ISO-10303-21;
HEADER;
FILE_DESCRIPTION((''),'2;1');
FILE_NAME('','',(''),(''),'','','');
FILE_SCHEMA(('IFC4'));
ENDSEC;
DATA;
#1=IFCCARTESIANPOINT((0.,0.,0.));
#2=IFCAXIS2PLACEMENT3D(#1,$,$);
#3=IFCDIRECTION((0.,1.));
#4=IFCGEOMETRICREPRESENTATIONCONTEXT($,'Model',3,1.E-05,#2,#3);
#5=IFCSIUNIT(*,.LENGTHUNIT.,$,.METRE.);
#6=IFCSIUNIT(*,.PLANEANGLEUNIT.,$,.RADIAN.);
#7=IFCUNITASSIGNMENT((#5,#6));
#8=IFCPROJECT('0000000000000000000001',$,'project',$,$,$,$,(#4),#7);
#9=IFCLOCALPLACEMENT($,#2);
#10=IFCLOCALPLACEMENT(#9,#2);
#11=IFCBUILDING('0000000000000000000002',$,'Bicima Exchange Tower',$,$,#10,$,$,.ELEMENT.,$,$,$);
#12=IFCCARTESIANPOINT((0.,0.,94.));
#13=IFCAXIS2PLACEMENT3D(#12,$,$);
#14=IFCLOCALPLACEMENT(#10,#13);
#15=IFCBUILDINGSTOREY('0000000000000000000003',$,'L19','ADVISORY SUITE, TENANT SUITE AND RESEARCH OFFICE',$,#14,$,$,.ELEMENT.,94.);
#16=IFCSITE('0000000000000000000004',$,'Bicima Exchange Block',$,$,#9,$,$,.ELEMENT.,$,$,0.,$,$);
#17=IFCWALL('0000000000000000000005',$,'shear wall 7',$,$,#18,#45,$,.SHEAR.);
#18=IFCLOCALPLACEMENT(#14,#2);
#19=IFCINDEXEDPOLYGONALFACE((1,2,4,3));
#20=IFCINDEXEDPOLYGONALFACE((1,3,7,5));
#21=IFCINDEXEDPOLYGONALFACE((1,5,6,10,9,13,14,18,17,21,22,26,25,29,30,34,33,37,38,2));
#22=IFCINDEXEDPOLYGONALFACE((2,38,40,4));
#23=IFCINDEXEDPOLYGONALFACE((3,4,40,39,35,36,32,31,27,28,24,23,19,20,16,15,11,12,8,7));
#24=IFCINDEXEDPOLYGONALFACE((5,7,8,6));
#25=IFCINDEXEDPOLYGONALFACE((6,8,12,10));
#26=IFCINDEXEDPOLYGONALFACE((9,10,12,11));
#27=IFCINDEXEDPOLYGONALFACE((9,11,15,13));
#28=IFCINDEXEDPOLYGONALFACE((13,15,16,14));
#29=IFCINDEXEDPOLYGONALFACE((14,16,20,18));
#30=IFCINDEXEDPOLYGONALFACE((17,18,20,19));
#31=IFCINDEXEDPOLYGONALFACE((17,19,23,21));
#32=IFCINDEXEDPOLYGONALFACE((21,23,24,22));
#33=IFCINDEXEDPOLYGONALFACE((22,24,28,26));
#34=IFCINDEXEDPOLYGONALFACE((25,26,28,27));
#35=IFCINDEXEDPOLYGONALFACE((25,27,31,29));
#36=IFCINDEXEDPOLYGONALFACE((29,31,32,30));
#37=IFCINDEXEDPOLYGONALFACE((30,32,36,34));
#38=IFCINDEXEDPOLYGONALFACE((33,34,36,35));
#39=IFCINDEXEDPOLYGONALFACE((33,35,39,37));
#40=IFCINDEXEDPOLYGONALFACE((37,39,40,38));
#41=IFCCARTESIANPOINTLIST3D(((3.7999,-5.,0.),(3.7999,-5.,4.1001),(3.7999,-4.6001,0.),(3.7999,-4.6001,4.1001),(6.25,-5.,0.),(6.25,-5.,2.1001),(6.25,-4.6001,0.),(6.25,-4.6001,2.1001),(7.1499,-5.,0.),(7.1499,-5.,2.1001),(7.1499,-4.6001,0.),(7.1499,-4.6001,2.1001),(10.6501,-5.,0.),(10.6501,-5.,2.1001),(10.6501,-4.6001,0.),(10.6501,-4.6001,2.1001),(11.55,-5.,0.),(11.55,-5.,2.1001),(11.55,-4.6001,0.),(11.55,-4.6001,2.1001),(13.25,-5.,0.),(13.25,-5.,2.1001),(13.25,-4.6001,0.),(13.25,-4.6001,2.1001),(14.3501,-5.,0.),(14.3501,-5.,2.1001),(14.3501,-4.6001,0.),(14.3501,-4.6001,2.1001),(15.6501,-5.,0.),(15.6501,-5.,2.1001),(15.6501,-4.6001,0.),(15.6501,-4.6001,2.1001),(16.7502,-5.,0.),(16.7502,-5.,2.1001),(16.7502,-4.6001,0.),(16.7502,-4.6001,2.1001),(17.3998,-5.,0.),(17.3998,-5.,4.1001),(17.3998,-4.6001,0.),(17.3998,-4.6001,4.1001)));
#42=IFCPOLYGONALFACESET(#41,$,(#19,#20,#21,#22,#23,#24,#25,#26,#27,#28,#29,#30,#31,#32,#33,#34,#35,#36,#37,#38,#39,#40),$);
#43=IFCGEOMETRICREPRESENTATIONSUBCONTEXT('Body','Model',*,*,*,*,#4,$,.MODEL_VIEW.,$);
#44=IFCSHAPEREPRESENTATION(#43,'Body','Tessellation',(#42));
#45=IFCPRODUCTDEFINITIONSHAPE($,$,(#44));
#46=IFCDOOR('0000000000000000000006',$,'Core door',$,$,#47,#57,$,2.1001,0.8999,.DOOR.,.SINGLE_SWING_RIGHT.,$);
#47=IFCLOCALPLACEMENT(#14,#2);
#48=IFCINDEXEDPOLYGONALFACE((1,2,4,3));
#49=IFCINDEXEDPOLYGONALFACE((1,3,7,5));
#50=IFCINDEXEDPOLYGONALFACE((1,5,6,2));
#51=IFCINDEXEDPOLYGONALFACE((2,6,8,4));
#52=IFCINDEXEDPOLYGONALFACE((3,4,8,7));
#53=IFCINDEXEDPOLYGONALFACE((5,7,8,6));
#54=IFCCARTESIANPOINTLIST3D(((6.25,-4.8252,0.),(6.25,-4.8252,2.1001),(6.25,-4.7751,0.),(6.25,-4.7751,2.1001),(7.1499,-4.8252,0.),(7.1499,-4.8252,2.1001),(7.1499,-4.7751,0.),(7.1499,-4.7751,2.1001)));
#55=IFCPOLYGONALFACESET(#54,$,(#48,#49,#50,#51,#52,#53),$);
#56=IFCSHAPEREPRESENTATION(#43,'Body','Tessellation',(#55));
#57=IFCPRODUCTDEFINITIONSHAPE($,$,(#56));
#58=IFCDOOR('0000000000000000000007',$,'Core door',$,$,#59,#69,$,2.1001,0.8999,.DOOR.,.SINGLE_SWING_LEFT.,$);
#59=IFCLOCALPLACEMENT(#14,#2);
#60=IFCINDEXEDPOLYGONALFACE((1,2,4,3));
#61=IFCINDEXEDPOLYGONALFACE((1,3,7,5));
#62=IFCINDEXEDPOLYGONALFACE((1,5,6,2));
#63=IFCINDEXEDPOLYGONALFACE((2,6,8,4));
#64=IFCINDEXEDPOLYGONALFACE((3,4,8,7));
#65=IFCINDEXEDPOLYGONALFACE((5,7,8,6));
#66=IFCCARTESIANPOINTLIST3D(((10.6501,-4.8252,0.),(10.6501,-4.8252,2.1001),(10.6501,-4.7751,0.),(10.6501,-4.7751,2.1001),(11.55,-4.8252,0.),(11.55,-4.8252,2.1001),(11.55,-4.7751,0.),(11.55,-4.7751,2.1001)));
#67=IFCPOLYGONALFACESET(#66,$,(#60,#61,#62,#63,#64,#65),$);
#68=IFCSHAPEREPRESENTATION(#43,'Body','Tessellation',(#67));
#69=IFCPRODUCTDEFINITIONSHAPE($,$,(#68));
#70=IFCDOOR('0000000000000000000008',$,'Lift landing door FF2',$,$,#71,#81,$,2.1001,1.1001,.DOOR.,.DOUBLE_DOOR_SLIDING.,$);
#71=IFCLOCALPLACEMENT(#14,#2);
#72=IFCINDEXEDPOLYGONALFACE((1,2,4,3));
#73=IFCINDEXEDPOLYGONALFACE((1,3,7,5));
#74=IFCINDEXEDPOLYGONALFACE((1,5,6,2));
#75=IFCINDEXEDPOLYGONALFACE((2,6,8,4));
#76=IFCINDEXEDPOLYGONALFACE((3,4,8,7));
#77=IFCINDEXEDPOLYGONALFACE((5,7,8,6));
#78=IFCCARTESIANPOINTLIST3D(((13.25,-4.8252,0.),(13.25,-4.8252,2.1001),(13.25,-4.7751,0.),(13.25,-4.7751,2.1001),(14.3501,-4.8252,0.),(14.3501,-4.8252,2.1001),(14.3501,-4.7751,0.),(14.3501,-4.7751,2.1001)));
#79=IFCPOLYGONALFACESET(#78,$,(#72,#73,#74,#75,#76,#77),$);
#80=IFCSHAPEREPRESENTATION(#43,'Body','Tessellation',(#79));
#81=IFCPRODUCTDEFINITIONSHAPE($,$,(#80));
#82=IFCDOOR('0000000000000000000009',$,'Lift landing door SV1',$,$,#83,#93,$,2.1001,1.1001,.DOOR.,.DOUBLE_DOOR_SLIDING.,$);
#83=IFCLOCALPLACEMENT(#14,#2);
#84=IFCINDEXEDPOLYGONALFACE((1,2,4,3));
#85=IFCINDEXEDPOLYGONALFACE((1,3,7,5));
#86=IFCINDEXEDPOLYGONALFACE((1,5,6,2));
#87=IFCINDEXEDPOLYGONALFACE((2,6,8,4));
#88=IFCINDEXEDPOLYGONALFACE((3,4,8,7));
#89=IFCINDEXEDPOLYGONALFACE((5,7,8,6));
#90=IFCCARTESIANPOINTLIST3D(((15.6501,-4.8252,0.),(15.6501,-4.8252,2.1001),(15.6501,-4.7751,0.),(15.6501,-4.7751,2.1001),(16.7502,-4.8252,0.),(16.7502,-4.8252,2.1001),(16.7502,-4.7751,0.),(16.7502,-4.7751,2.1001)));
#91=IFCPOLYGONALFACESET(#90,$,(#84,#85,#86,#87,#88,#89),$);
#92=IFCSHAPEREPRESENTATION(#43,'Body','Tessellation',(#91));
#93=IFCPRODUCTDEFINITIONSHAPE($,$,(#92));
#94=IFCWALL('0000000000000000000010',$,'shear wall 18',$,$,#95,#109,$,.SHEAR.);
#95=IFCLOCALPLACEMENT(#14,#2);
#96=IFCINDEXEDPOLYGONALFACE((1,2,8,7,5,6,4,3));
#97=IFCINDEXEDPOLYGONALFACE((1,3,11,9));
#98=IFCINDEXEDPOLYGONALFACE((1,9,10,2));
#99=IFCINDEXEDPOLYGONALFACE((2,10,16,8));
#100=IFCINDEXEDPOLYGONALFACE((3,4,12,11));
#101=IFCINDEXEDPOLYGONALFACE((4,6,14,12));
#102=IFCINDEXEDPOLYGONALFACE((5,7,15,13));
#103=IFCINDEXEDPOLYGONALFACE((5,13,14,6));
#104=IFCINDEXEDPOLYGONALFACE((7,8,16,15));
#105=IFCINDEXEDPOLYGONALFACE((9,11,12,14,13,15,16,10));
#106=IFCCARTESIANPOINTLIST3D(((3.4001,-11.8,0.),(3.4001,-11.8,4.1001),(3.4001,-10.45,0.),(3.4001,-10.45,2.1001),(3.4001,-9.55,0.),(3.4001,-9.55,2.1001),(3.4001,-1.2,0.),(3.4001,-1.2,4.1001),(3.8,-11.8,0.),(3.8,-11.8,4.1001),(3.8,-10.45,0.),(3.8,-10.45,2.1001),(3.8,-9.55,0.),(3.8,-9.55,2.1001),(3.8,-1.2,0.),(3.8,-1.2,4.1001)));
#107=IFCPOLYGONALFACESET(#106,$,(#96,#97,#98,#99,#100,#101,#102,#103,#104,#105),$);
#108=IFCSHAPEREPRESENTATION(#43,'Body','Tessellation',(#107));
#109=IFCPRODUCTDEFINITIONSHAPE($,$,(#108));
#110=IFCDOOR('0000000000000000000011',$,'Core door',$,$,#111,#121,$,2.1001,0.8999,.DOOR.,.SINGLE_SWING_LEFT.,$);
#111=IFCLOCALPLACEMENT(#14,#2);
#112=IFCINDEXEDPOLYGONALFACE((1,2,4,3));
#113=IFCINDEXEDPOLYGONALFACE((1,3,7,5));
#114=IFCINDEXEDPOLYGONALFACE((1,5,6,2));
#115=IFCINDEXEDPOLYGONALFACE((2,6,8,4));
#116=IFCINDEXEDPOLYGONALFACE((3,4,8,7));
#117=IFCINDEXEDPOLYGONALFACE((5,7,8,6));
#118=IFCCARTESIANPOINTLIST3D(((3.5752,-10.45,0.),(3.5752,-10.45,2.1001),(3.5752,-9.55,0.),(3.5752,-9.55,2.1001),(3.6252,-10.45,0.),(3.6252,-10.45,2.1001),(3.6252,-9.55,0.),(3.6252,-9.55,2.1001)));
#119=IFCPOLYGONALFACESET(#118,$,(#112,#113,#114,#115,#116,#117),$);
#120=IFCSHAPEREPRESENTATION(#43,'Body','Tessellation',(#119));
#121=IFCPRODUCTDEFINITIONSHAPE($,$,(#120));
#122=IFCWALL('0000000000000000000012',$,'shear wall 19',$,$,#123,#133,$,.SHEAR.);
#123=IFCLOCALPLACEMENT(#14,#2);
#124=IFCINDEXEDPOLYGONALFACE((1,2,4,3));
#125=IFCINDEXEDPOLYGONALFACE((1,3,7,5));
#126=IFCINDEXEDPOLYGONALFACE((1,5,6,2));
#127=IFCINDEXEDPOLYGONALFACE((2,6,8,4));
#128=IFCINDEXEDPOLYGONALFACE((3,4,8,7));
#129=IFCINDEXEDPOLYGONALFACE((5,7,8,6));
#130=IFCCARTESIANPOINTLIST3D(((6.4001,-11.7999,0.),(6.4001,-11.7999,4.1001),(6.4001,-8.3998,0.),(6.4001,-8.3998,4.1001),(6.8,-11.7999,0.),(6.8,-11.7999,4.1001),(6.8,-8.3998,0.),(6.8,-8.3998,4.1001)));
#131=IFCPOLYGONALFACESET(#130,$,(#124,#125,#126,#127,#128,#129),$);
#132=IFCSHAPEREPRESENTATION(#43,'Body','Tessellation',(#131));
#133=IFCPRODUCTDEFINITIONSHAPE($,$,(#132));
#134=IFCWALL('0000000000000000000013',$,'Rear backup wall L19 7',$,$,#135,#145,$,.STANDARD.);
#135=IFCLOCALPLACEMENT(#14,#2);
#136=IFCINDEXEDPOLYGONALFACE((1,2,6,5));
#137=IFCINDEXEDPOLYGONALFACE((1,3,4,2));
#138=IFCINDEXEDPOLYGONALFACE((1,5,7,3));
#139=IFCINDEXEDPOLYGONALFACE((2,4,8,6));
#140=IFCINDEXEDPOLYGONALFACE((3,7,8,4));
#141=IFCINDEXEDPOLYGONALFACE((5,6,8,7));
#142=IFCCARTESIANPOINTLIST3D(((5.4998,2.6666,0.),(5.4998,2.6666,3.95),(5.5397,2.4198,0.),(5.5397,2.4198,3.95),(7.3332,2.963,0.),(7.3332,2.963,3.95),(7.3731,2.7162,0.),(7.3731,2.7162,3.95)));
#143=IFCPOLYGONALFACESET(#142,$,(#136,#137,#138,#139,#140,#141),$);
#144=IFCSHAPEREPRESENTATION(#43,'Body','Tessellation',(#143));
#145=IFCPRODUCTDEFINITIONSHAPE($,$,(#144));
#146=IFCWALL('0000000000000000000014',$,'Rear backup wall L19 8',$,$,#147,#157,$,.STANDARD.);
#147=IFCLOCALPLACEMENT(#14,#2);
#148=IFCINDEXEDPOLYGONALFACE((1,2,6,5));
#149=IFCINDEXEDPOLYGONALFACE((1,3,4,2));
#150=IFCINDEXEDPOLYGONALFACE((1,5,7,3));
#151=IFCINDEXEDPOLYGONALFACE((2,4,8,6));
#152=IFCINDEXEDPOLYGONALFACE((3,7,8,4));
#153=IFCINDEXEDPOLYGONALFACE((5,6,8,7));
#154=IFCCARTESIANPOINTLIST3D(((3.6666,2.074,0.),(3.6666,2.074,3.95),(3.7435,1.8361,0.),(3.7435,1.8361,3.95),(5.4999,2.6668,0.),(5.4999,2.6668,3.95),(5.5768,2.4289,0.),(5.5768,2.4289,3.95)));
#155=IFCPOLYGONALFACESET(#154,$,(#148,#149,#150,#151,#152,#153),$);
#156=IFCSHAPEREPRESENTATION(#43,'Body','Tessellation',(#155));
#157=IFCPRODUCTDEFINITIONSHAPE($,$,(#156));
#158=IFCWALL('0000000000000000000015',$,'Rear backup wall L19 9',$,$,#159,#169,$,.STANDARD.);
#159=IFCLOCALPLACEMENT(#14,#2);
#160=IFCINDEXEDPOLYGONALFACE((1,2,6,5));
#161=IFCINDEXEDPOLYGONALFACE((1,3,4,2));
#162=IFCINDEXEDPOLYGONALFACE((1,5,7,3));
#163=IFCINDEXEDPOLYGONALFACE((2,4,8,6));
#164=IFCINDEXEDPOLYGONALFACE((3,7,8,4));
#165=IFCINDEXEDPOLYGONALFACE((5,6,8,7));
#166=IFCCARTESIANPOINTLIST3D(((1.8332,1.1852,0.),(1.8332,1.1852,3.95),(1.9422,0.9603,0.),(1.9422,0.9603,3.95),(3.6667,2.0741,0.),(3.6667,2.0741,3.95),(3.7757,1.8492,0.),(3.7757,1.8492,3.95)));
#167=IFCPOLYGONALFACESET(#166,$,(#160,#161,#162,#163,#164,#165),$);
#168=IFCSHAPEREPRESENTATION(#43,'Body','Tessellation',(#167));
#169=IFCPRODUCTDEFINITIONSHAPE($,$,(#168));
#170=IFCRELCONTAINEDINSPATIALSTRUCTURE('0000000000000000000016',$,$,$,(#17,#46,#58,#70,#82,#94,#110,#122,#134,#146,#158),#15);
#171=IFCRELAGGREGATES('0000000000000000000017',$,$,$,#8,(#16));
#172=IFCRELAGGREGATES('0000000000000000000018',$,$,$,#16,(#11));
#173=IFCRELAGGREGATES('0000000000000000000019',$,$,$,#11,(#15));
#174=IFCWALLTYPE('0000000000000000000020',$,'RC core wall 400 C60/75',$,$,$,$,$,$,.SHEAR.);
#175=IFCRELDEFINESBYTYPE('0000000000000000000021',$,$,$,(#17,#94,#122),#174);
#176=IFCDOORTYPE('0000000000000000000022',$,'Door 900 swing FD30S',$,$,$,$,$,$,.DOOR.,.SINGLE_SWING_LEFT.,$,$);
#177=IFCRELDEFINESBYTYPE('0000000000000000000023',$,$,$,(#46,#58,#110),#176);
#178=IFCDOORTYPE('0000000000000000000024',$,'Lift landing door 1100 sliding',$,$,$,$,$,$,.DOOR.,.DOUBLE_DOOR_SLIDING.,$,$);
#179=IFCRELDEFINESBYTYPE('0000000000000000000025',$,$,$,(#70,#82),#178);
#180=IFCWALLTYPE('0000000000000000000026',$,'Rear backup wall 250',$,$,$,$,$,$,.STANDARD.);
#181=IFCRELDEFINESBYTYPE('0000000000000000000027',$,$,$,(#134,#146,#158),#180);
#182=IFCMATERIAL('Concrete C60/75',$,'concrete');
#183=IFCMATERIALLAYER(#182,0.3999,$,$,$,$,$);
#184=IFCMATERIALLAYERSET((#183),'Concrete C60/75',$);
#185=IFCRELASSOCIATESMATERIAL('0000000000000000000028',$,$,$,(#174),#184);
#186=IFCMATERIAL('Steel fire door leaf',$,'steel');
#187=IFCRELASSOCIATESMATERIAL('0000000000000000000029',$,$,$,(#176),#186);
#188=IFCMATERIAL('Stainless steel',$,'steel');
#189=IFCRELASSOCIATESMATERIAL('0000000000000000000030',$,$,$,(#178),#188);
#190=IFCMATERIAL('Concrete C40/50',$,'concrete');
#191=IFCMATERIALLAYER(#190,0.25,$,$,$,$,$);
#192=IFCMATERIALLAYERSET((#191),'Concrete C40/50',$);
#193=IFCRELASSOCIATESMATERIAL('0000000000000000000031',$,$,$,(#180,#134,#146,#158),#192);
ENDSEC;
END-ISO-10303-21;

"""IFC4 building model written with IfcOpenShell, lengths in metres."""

from ifc_helpers import new_model, si_unit, direction, frame, frame_2d, origin, place, context, subcontext, project, spatial, rectangle, extrude, material, layer, layer_set, layer_usage, type_object, element, fill, save


model = new_model("IFC4")

# Units and contexts
model_context = context("Model", 3, precision=1e-05, world=origin(), true_north=direction((0.0, 1.0)))
body_context = subcontext(model_context, "Body", "Model", "MODEL_VIEW")
ifc_project = project(units=[si_unit("LENGTHUNIT", "METRE"), si_unit("PLANEANGLEUNIT", "RADIAN")], contexts=[model_context])

# Site, building, storey
site_placement = place(None, origin())
site = spatial("IfcSite", under=ifc_project, at=site_placement, Name="Bicima Exchange Block", CompositionType="ELEMENT", RefElevation=0.0)
building_placement = place(site_placement, origin())
building = spatial("IfcBuilding", under=site, at=building_placement, Name="Bicima Exchange Tower", CompositionType="ELEMENT")
storey_placement = place(building_placement, frame((0.0, 0.0, 94.0)))
storey = spatial("IfcBuildingStorey", under=building, at=storey_placement, Name="L19", Description="ADVISORY SUITE, TENANT SUITE AND RESEARCH OFFICE", CompositionType="ELEMENT", Elevation=94.0)

# Shared definitions
ifc_material_1 = material(Name="Concrete C40/50", Category="concrete")

# Shared definitions
ifc_material_2 = material(Name="Concrete C60/75", Category="concrete")
ifc_layer_1 = layer(ifc_material_2, 0.3999)
ifc_layer_set_1 = layer_set([ifc_layer_1], Name="Concrete C60/75")
wall_type_1 = type_object("IfcWallType", Name="RC core wall 400 C60/75", PredefinedType="SHEAR", material=ifc_layer_set_1)
ifc_material_3 = material(Name="Steel fire door leaf", Category="steel")
door_type_1 = type_object("IfcDoorType", Name="Door 900 swing FD30S", OperationType="SINGLE_SWING_LEFT", PredefinedType="DOOR", material=ifc_material_3)

# Wall, openings, doors
wall_1_placement = place(storey_placement, frame((3.8, -4.8, 0.0), z_axis=(0.0, 0.0, 1.0), x_axis=(1.0, 0.0, 0.0)))
wall_1 = element("IfcWall", 1, at=wall_1_placement, inside=storey, type_object=wall_type_1, Name="shear wall 7", PredefinedType="SHEAR", context=body_context, shape_type="SweptSolid", body=[
    extrude(rectangle(XDim=13.5999, YDim=0.3999, at=frame_2d((6.7998, 0.0))), origin(), (0.0, 0.0, 1.0), 4.1001),
])
opening_1_placement = place(wall_1_placement, frame((9.45, 0.0, 0.0)))
opening_1 = element("IfcOpeningElement", 2, at=opening_1_placement, cuts=wall_1, PredefinedType="OPENING", context=body_context, shape_type="SweptSolid", body=[
    extrude(rectangle(XDim=1.1001, YDim=2.1001, at=frame_2d((0.55, 1.05))), frame((0.0, 0.2119, 0.0), z_axis=(0.0, -1.0, 0.0), x_axis=(1.0, 0.0, 0.0)), (0.0, 0.0, 1.0), 0.4238),
])
opening_2_placement = place(wall_1_placement, frame((11.8501, 0.0, 0.0)))
opening_2 = element("IfcOpeningElement", 3, at=opening_2_placement, cuts=wall_1, PredefinedType="OPENING", context=body_context, shape_type="SweptSolid", body=[
    extrude(rectangle(XDim=1.1001, YDim=2.1001, at=frame_2d((0.55, 1.05))), frame((0.0, 0.2119, 0.0), z_axis=(0.0, -1.0, 0.0), x_axis=(1.0, 0.0, 0.0)), (0.0, 0.0, 1.0), 0.4238),
])
opening_3_placement = place(wall_1_placement, frame((2.45, 0.0, 0.0)))
opening_3 = element("IfcOpeningElement", 4, at=opening_3_placement, cuts=wall_1, PredefinedType="OPENING", context=body_context, shape_type="SweptSolid", body=[
    extrude(rectangle(XDim=0.8999, YDim=2.1001, at=frame_2d((0.45, 1.05))), frame((0.0, 0.2119, 0.0), z_axis=(0.0, -1.0, 0.0), x_axis=(1.0, 0.0, 0.0)), (0.0, 0.0, 1.0), 0.4238),
])
opening_4_placement = place(wall_1_placement, frame((6.8501, 0.0, 0.0)))
opening_4 = element("IfcOpeningElement", 5, at=opening_4_placement, cuts=wall_1, PredefinedType="OPENING", context=body_context, shape_type="SweptSolid", body=[
    extrude(rectangle(XDim=0.8999, YDim=2.1001, at=frame_2d((0.45, 1.05))), frame((0.0, 0.2119, 0.0), z_axis=(0.0, -1.0, 0.0), x_axis=(1.0, 0.0, 0.0)), (0.0, 0.0, 1.0), 0.4238),
])
door_1_placement = place(opening_3_placement, origin())
door_1 = element("IfcDoor", 6, at=door_1_placement, inside=storey, type_object=door_type_1, Name="Core door", OperationType="SINGLE_SWING_RIGHT", OverallHeight=2.1001, OverallWidth=0.8999, PredefinedType="DOOR", context=body_context, shape_type="SweptSolid", body=[
    extrude(rectangle(XDim=0.8999, YDim=2.1001, at=frame_2d((0.45, 1.05))), frame((0.0, 0.0249, 0.0), z_axis=(0.0, -1.0, 0.0), x_axis=(1.0, 0.0, 0.0)), (0.0, 0.0, 1.0), 0.05),
])
fill(opening_3, door_1)
door_2_placement = place(opening_4_placement, origin())
door_2 = element("IfcDoor", 7, at=door_2_placement, inside=storey, type_object=door_type_1, Name="Core door", OperationType="SINGLE_SWING_LEFT", OverallHeight=2.1001, OverallWidth=0.8999, PredefinedType="DOOR", context=body_context, shape_type="SweptSolid", body=[
    extrude(rectangle(XDim=0.8999, YDim=2.1001, at=frame_2d((0.45, 1.05))), frame((0.0, 0.0249, 0.0), z_axis=(0.0, -1.0, 0.0), x_axis=(1.0, 0.0, 0.0)), (0.0, 0.0, 1.0), 0.05),
])
fill(opening_4, door_2)
ifc_material_4 = material(Name="Stainless steel", Category="steel")
door_type_2 = type_object("IfcDoorType", Name="Lift landing door 1100 sliding", OperationType="DOUBLE_DOOR_SLIDING", PredefinedType="DOOR", material=ifc_material_4)
door_3_placement = place(opening_1_placement, origin())
door_3 = element("IfcDoor", 8, at=door_3_placement, inside=storey, type_object=door_type_2, Name="Lift landing door FF2", OperationType="DOUBLE_DOOR_SLIDING", OverallHeight=2.1001, OverallWidth=1.1001, PredefinedType="DOOR", context=body_context, shape_type="SweptSolid", body=[
    extrude(rectangle(XDim=1.1001, YDim=2.1001, at=frame_2d((0.55, 1.05))), frame((0.0, 0.0249, 0.0), z_axis=(0.0, -1.0, 0.0), x_axis=(1.0, 0.0, 0.0)), (0.0, 0.0, 1.0), 0.05),
])
fill(opening_1, door_3)
door_4_placement = place(opening_2_placement, origin())
door_4 = element("IfcDoor", 9, at=door_4_placement, inside=storey, type_object=door_type_2, Name="Lift landing door SV1", OperationType="DOUBLE_DOOR_SLIDING", OverallHeight=2.1001, OverallWidth=1.1001, PredefinedType="DOOR", context=body_context, shape_type="SweptSolid", body=[
    extrude(rectangle(XDim=1.1001, YDim=2.1001, at=frame_2d((0.55, 1.05))), frame((0.0, 0.0249, 0.0), z_axis=(0.0, -1.0, 0.0), x_axis=(1.0, 0.0, 0.0)), (0.0, 0.0, 1.0), 0.05),
])
fill(opening_2, door_4)

# Wall, opening, door
wall_2_placement = place(storey_placement, frame((3.6001, -11.8, 0.0), z_axis=(0.0, 0.0, 1.0), x_axis=(0.0, 1.0, 0.0)))
wall_2 = element("IfcWall", 10, at=wall_2_placement, inside=storey, type_object=wall_type_1, Name="shear wall 18", PredefinedType="SHEAR", context=body_context, shape_type="SweptSolid", body=[
    extrude(rectangle(XDim=10.6001, YDim=0.3999, at=frame_2d((5.3, 0.0))), origin(), (0.0, 0.0, 1.0), 4.1001),
])
opening_5_placement = place(wall_2_placement, frame((1.3501, 0.0, 0.0)))
opening_5 = element("IfcOpeningElement", 11, at=opening_5_placement, cuts=wall_2, PredefinedType="OPENING", context=body_context, shape_type="SweptSolid", body=[
    extrude(rectangle(XDim=0.8999, YDim=2.1001, at=frame_2d((0.45, 1.05))), frame((0.0, 0.2119, 0.0), z_axis=(0.0, -1.0, 0.0), x_axis=(1.0, 0.0, 0.0)), (0.0, 0.0, 1.0), 0.4238),
])
door_5_placement = place(opening_5_placement, origin())
door_5 = element("IfcDoor", 12, at=door_5_placement, inside=storey, type_object=door_type_1, Name="Core door", OperationType="SINGLE_SWING_LEFT", OverallHeight=2.1001, OverallWidth=0.8999, PredefinedType="DOOR", context=body_context, shape_type="SweptSolid", body=[
    extrude(rectangle(XDim=0.8999, YDim=2.1001, at=frame_2d((0.45, 1.05))), frame((0.0, 0.0249, 0.0), z_axis=(0.0, -1.0, 0.0), x_axis=(1.0, 0.0, 0.0)), (0.0, 0.0, 1.0), 0.05),
])
fill(opening_5, door_5)

# Walls
wall_3_placement = place(storey_placement, frame((6.6001, -11.8, 0.0), z_axis=(0.0, 0.0, 1.0), x_axis=(0.0, 1.0, 0.0)))
element("IfcWall", 13, at=wall_3_placement, inside=storey, type_object=wall_type_1, Name="shear wall 19", PredefinedType="SHEAR", context=body_context, shape_type="SweptSolid", body=[
    extrude(rectangle(XDim=3.4001, YDim=0.3999, at=frame_2d((1.7002, 0.0))), origin(), (0.0, 0.0, 1.0), 4.1001),
])
ifc_layer_2 = layer(ifc_material_1, 0.25)
ifc_layer_set_2 = layer_set([ifc_layer_2], Name="Concrete C40/50")
ifc_layer_usage = layer_usage(ifc_layer_set_2, "AXIS2", "POSITIVE", -0.125)
wall_type_2 = type_object("IfcWallType", Name="Rear backup wall 250", PredefinedType="STANDARD", material=ifc_layer_set_2)
wall_4_placement = place(storey_placement, frame((7.3533, 2.8396, 0.0), z_axis=(0.0, 0.0, 1.0), x_axis=(-0.987182, -0.1596, 0.0)))
element("IfcWall", 14, at=wall_4_placement, inside=storey, type_object=wall_type_2, material=ifc_layer_usage, Name="Rear backup wall L19 7", PredefinedType="STANDARD", context=body_context, shape_type="SweptSolid", body=[
    extrude(rectangle(XDim=1.8572, YDim=0.25, at=frame_2d((0.9287, 0.0))), origin(), (0.0, 0.0, 1.0), 3.95),
])
wall_5_placement = place(storey_placement, frame((5.5383, 2.5479, 0.0), z_axis=(0.0, 0.0, 1.0), x_axis=(-0.951496, -0.307662, 0.0)))
element("IfcWall", 15, at=wall_5_placement, inside=storey, type_object=wall_type_2, material=ifc_layer_usage, Name="Rear backup wall L19 8", PredefinedType="STANDARD", context=body_context, shape_type="SweptSolid", body=[
    extrude(rectangle(XDim=1.9268, YDim=0.25, at=frame_2d((0.9634, 0.0))), origin(), (0.0, 0.0, 1.0), 3.95),
])
wall_6_placement = place(storey_placement, frame((3.7212, 1.9617, 0.0), z_axis=(0.0, 0.0, 1.0), x_axis=(-0.899824, -0.436253, 0.0)))
element("IfcWall", 16, at=wall_6_placement, inside=storey, type_object=wall_type_2, material=ifc_layer_usage, Name="Rear backup wall L19 9", PredefinedType="STANDARD", context=body_context, shape_type="SweptSolid", body=[
    extrude(rectangle(XDim=2.0376, YDim=0.25, at=frame_2d((1.0188, 0.0))), origin(), (0.0, 0.0, 1.0), 3.95),
])

save(model, "model.ifc")
